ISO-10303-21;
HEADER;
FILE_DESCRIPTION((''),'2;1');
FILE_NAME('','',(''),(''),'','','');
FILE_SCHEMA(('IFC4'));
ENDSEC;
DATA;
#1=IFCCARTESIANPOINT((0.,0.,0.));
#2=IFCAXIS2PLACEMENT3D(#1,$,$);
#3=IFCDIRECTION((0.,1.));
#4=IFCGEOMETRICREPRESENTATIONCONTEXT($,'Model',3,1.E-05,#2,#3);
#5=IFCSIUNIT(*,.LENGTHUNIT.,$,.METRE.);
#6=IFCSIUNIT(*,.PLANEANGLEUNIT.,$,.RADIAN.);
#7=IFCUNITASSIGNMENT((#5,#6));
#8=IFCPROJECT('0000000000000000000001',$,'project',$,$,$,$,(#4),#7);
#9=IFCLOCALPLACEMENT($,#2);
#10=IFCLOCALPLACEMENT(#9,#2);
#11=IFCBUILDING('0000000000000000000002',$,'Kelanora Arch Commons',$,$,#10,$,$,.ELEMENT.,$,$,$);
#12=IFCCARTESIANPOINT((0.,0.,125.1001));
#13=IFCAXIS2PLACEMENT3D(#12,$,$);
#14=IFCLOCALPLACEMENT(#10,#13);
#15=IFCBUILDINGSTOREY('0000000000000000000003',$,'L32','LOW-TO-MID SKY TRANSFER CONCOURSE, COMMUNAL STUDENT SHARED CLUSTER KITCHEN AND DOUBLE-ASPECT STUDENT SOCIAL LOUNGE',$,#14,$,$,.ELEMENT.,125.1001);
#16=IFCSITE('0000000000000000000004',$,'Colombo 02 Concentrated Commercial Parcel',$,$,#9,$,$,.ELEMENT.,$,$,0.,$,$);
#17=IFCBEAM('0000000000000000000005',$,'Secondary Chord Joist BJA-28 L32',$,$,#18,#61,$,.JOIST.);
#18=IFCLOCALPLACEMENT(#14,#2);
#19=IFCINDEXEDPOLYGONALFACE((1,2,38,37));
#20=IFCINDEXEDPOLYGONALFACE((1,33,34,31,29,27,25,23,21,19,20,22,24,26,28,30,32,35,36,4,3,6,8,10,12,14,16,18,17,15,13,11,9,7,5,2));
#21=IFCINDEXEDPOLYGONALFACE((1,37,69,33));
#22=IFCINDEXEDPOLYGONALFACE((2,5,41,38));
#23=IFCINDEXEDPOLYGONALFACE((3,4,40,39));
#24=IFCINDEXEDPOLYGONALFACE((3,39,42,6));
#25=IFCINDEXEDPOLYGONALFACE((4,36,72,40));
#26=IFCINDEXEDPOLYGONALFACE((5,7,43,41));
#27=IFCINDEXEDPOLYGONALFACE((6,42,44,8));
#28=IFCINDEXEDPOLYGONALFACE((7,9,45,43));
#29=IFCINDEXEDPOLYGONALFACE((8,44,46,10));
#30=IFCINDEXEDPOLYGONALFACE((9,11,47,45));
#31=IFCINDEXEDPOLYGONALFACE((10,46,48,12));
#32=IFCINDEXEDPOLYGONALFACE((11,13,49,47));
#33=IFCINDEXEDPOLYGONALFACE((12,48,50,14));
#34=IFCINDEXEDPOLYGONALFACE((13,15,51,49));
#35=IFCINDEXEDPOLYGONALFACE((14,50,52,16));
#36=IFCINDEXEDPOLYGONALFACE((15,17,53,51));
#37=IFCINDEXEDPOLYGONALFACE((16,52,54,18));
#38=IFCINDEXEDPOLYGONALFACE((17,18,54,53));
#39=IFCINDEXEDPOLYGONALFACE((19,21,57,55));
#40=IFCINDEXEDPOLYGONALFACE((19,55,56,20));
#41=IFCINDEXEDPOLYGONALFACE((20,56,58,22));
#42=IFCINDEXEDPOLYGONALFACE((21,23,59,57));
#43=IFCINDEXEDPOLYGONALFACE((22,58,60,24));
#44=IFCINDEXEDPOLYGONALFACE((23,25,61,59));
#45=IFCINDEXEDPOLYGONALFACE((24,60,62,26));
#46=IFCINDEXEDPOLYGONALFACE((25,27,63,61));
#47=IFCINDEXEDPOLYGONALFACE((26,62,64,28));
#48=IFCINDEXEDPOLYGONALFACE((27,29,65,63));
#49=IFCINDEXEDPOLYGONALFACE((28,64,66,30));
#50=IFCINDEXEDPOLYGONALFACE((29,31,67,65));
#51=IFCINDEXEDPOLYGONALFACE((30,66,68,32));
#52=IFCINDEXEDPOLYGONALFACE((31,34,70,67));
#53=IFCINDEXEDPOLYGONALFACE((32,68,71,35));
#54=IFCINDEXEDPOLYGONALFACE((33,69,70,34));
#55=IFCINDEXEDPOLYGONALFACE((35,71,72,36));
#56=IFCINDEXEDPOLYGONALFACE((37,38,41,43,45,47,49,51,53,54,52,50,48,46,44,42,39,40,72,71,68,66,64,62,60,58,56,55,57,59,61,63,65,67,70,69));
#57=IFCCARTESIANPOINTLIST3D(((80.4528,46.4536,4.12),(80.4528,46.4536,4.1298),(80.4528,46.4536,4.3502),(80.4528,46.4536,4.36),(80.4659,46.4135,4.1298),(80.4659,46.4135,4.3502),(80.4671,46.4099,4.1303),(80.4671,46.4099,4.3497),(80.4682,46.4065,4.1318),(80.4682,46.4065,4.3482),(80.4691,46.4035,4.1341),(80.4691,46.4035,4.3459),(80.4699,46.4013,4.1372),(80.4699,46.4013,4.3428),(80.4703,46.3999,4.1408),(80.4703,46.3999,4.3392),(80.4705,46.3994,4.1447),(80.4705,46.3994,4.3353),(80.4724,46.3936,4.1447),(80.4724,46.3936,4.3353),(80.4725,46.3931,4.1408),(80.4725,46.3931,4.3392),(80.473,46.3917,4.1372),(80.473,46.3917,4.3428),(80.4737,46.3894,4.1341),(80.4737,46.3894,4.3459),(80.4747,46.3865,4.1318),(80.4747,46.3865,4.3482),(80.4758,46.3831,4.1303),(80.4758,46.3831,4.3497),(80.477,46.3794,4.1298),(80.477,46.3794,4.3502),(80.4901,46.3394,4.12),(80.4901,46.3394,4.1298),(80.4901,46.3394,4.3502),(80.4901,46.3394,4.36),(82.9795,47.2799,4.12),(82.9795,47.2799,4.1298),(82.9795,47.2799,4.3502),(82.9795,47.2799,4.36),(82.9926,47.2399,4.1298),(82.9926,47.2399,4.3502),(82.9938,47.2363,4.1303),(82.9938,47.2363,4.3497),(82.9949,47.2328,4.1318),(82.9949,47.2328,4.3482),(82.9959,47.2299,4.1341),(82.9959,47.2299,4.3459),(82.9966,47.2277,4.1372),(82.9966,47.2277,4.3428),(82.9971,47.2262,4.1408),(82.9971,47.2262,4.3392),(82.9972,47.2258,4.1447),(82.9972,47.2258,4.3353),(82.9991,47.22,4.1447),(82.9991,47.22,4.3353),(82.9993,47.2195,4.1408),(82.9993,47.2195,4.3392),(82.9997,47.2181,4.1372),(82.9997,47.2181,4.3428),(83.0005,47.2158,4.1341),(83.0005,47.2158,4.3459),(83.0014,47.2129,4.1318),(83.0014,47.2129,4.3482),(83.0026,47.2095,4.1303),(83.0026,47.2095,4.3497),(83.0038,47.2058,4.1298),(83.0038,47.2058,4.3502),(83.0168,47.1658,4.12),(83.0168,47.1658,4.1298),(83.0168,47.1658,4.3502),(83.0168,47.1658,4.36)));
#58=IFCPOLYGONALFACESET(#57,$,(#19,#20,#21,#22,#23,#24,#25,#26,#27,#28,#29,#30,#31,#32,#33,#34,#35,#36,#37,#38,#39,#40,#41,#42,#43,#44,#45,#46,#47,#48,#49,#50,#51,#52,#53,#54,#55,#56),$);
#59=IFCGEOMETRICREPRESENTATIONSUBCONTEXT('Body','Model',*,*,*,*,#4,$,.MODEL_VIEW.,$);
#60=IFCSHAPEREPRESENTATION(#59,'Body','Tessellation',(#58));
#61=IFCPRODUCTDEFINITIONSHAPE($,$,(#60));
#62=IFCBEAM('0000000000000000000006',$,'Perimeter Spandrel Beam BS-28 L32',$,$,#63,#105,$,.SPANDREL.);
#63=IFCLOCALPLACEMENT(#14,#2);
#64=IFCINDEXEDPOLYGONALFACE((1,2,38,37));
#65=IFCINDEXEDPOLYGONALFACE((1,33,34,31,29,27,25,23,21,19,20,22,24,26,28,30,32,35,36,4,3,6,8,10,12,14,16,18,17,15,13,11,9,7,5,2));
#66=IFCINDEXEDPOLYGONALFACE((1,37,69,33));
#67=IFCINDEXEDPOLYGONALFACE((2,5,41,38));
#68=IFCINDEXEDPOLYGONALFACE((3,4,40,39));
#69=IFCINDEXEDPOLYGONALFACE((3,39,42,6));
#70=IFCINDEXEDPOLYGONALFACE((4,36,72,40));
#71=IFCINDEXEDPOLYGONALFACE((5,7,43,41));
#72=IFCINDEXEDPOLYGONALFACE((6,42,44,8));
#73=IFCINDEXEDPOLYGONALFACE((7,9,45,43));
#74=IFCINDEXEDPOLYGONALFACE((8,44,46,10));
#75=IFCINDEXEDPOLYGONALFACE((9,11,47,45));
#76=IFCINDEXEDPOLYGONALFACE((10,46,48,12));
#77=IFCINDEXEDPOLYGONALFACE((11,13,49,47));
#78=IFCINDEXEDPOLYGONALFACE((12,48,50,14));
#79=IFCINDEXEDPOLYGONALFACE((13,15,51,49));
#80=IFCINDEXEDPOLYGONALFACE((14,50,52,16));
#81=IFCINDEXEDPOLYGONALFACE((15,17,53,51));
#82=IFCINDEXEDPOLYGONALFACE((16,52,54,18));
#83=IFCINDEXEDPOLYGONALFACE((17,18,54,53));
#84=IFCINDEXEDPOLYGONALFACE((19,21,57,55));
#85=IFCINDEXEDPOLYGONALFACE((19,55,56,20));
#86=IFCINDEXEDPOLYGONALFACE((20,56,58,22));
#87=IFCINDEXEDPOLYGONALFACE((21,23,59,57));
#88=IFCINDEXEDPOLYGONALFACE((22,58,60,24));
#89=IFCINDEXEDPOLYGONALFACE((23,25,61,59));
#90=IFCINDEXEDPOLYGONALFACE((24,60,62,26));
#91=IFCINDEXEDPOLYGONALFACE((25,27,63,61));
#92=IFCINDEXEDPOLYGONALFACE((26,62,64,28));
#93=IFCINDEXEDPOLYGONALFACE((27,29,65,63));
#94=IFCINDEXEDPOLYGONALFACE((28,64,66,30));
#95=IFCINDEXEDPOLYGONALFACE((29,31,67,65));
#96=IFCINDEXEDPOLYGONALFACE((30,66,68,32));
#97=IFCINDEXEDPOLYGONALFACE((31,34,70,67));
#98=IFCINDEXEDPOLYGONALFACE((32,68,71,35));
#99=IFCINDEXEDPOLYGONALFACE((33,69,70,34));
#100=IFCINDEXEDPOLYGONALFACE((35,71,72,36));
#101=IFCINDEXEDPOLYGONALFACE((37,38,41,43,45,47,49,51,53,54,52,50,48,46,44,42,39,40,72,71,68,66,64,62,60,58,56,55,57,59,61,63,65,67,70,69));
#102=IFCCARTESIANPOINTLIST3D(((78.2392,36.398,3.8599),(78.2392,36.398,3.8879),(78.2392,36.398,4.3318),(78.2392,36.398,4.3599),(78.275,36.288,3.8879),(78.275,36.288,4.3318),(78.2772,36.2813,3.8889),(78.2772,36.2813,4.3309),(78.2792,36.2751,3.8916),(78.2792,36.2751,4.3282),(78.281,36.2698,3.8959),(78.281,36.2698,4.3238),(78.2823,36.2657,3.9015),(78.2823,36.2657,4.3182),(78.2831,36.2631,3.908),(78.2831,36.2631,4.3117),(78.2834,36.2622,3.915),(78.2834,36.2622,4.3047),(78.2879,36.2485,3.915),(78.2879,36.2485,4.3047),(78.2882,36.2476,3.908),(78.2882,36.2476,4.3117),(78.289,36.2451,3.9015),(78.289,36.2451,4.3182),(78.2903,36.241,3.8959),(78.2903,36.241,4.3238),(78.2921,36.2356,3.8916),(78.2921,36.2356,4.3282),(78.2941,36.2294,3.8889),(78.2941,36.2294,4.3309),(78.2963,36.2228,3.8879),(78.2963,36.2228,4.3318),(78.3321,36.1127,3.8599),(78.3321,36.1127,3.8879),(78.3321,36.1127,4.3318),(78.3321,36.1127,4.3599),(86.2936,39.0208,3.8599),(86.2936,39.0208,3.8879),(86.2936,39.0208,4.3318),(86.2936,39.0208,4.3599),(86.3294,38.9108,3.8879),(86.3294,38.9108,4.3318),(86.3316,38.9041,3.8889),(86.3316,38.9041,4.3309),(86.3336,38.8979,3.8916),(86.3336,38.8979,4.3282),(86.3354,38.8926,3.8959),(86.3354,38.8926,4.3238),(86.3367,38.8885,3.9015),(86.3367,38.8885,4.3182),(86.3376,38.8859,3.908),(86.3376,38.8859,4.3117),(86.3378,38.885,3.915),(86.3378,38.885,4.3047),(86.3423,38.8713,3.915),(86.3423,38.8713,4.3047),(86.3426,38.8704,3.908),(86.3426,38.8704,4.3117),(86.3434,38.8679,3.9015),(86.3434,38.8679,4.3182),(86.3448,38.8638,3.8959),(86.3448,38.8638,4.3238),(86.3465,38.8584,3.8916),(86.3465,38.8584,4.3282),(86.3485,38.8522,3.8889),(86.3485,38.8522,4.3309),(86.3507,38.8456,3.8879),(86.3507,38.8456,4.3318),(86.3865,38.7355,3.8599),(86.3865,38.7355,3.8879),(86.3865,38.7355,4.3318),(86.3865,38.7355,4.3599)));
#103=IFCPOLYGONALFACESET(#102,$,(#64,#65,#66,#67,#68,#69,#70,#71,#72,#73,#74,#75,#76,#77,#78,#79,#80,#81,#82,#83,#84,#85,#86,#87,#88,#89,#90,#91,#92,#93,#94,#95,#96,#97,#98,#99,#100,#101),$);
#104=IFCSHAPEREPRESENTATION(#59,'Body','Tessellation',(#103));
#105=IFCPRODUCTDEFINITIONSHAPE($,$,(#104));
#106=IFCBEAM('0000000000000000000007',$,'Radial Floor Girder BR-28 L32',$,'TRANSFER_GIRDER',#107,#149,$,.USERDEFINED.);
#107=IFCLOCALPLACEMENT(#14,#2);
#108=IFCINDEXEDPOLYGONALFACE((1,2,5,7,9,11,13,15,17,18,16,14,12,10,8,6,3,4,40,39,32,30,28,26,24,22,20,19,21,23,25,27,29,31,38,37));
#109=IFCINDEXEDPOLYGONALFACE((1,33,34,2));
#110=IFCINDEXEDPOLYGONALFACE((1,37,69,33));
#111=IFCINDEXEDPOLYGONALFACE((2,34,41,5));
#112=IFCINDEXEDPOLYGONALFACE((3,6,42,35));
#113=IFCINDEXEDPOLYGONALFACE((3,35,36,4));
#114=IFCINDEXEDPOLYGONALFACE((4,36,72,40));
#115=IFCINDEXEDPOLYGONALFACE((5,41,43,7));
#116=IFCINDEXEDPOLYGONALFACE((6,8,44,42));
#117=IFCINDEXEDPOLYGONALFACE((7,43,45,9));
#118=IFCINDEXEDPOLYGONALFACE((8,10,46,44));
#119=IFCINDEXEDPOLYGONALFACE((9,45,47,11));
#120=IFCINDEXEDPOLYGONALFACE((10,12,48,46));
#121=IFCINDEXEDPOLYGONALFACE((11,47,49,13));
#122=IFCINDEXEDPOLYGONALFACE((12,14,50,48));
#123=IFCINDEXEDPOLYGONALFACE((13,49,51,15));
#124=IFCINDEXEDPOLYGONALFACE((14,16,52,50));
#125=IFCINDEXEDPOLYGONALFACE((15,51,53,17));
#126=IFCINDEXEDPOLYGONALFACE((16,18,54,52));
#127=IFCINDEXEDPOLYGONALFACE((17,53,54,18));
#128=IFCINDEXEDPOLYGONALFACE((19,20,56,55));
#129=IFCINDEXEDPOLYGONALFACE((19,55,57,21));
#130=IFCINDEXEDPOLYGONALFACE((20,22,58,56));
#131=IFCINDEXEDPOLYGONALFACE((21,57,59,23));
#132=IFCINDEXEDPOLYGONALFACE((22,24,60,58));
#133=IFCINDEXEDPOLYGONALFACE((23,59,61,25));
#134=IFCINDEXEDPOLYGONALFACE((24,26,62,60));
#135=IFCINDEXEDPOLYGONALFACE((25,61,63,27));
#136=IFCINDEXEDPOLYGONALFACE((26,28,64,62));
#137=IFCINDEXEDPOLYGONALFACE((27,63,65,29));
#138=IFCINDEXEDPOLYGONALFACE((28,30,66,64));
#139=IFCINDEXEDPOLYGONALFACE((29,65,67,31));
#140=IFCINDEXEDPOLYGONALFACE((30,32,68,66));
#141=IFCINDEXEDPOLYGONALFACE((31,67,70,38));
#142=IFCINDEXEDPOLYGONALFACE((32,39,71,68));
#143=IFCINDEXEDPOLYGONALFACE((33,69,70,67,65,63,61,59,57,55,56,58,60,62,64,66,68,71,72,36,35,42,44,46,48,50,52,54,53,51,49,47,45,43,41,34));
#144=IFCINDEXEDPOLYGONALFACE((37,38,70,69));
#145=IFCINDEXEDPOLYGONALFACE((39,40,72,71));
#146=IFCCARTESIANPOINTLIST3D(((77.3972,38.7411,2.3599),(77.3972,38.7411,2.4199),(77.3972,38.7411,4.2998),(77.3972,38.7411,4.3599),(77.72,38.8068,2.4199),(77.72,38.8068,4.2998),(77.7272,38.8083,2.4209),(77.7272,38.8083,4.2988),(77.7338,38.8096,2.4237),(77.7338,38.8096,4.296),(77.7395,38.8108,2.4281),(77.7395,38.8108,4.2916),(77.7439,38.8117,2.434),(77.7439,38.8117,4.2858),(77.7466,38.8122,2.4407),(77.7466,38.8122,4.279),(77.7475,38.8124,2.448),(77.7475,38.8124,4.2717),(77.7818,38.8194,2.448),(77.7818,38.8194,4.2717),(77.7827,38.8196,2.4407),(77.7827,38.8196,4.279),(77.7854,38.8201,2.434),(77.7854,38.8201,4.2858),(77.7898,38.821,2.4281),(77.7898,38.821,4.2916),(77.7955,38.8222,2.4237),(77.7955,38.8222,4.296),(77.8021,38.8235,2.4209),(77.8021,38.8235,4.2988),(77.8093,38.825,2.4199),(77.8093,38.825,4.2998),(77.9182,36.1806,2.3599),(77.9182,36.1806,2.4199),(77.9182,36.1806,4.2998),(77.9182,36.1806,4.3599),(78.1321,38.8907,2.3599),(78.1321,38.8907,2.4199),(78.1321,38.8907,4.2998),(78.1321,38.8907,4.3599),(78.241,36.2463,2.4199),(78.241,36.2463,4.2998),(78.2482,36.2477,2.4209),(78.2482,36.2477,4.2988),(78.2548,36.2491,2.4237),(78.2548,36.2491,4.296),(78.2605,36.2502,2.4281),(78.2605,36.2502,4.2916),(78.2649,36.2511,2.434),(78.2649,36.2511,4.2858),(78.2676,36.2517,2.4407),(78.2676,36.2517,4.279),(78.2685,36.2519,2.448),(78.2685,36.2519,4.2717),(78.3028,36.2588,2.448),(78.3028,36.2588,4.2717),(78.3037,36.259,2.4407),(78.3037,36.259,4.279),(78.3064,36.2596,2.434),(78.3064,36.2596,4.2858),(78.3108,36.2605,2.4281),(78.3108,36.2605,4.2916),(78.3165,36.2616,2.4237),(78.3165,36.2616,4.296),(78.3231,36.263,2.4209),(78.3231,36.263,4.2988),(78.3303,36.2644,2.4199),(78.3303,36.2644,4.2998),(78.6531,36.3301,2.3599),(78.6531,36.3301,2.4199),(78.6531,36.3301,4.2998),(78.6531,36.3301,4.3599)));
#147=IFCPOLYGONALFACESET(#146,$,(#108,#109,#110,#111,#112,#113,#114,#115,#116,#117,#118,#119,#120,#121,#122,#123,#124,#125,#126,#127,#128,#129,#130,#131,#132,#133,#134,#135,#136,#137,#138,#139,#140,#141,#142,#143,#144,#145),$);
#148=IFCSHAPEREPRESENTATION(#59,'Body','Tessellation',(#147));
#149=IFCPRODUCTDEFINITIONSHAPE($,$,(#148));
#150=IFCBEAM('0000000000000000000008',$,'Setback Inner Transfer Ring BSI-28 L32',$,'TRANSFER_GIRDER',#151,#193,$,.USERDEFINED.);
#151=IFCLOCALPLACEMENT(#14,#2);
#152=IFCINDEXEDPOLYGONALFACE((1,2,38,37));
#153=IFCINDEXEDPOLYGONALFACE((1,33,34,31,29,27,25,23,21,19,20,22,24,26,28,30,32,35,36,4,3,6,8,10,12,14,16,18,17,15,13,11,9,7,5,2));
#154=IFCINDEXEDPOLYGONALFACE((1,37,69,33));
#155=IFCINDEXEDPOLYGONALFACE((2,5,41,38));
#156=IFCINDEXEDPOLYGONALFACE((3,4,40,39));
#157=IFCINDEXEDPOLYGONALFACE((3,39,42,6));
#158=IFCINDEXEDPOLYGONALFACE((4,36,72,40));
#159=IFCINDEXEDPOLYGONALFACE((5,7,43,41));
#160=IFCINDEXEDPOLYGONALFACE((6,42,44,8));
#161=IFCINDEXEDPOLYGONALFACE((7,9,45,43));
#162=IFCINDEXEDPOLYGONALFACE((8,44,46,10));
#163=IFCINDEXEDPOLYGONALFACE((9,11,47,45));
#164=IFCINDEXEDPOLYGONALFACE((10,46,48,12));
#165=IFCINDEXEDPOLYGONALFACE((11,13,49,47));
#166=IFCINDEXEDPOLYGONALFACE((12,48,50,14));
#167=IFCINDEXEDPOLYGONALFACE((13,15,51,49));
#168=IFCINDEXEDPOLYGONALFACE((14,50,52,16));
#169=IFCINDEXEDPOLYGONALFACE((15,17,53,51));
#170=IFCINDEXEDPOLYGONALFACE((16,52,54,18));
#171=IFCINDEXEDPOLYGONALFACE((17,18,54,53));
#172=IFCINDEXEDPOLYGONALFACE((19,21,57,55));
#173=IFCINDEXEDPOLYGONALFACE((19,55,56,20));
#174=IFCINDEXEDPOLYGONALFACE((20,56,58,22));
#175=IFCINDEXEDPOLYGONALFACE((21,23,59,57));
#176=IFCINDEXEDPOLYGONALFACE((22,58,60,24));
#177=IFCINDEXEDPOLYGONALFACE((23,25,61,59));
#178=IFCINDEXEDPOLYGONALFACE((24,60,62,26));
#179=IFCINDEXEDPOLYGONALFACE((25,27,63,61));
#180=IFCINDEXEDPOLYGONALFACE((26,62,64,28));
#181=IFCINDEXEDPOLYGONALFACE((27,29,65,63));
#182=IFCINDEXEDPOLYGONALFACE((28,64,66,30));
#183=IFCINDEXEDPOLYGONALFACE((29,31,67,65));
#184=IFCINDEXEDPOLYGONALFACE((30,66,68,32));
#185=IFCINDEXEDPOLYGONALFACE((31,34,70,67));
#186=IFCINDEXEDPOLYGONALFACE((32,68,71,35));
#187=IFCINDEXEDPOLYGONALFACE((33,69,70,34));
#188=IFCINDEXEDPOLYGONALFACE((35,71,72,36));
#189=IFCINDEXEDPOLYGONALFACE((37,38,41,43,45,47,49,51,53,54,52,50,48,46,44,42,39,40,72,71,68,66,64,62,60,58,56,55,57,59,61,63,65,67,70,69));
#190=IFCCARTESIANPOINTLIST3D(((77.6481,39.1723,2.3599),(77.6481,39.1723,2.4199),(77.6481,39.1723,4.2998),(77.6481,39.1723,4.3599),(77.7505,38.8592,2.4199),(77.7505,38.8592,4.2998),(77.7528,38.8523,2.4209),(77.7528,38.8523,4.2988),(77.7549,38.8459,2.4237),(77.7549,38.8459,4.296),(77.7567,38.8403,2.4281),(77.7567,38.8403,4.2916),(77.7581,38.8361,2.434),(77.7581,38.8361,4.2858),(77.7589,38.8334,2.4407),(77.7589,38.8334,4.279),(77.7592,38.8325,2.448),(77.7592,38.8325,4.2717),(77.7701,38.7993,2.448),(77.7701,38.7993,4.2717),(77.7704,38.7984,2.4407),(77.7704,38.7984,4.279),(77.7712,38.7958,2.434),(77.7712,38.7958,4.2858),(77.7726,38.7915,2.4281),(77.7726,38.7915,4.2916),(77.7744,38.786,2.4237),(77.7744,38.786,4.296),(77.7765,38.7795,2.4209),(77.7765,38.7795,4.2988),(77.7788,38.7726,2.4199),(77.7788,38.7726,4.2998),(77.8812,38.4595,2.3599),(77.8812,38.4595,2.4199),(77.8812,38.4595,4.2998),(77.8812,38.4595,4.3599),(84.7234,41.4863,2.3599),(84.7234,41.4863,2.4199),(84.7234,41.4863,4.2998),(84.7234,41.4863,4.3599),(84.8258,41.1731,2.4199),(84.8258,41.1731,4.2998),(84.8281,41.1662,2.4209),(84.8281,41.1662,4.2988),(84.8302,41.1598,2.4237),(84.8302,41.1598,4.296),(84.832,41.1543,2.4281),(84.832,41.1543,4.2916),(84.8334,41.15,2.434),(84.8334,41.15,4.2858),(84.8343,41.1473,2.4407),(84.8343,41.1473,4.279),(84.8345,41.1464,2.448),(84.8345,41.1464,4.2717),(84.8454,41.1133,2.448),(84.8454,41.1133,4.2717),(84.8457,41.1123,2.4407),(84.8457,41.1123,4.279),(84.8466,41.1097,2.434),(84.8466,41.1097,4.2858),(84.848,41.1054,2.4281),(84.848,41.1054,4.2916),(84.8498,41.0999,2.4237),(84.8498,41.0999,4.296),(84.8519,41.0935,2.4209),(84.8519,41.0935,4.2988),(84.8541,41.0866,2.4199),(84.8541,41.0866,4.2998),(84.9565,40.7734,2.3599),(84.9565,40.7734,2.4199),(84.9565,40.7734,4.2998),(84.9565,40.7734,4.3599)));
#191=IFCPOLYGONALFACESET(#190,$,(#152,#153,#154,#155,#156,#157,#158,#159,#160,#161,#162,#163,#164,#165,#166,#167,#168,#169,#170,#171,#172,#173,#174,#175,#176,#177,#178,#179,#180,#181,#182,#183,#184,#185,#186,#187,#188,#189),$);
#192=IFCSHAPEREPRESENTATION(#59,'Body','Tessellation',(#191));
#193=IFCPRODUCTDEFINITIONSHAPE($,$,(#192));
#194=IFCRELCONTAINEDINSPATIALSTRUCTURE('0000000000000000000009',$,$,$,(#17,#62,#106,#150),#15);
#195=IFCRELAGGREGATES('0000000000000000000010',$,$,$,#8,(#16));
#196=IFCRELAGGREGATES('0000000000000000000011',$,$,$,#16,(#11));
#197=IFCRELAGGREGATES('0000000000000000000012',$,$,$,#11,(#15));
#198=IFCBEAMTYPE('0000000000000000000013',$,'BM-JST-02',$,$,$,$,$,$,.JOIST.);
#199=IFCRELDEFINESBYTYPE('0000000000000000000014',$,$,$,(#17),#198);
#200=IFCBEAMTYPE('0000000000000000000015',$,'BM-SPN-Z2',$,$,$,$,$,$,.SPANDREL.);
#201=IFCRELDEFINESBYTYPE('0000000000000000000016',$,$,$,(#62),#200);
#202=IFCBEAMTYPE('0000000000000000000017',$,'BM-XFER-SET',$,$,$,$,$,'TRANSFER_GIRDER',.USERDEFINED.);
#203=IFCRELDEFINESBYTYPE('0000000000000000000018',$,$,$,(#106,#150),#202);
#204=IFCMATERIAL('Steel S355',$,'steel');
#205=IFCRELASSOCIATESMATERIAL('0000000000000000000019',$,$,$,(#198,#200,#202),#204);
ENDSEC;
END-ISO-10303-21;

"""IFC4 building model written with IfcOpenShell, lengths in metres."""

from ifc_helpers import new_model, si_unit, direction, frame, origin, origin_2d, place, context, subcontext, project, spatial, i_section, extrude, material, material_profile, profile_set, type_object, element, save


model = new_model("IFC4")

# Units and contexts
model_context = context("Model", 3, precision=1e-05, world=origin(), true_north=direction((0.0, 1.0)))
body_context = subcontext(model_context, "Body", "Model", "MODEL_VIEW")
ifc_project = project(units=[si_unit("LENGTHUNIT", "METRE"), si_unit("PLANEANGLEUNIT", "RADIAN")], contexts=[model_context])

# Site, building, storey
site_placement = place(None, origin())
site = spatial("IfcSite", under=ifc_project, at=site_placement, Name="Colombo 02 Concentrated Commercial Parcel", CompositionType="ELEMENT", RefElevation=0.0)
building_placement = place(site_placement, origin())
building = spatial("IfcBuilding", under=site, at=building_placement, Name="Kelanora Arch Commons", CompositionType="ELEMENT")
storey_placement = place(building_placement, frame((0.0, 0.0, 125.1001)))
storey = spatial("IfcBuildingStorey", under=building, at=storey_placement, Name="L32", Description="LOW-TO-MID SKY TRANSFER CONCOURSE, COMMUNAL STUDENT SHARED CLUSTER KITCHEN AND DOUBLE-ASPECT STUDENT SOCIAL LOUNGE", CompositionType="ELEMENT", Elevation=125.1001)

# Beams
ifc_material_1 = material(Name="Steel S355", Category="steel")
ifc_material_profile_1 = material_profile(ifc_material_1, i_section(OverallWidth=0.1201, OverallDepth=0.24, WebThickness=0.0061, FlangeThickness=0.0098, FilletRadius=0.0149, at=origin_2d()), Name="IPE240")
ifc_profile_set_1 = profile_set([ifc_material_profile_1], Name="Steel S355")
beam_type_1 = type_object("IfcBeamType", Name="BM-JST-02", PredefinedType="JOIST", material=ifc_profile_set_1)
beam_1_placement = place(storey_placement, frame((80.4714, 46.3965, 4.24), z_axis=(0.950459, 0.310851, 0.0), x_axis=(-0.310851, 0.950459, 0.0)))
element("IfcBeam", 1, at=beam_1_placement, inside=storey, type_object=beam_type_1, Name="Secondary Chord Joist BJA-28 L32", PredefinedType="JOIST", context=body_context, shape_type="SweptSolid", body=[
    extrude(i_section(OverallWidth=0.1201, OverallDepth=0.24, WebThickness=0.0061, FlangeThickness=0.0098, FilletRadius=0.0149, at=origin_2d()), origin(), (0.0, 0.0, 1.0), 2.6584),
])
ifc_material_profile_2 = material_profile(ifc_material_1, i_section(OverallWidth=0.3, OverallDepth=0.5, WebThickness=0.0144, FlangeThickness=0.0281, FilletRadius=0.0271, at=origin_2d()), Name="HEB500")
ifc_profile_set_2 = profile_set([ifc_material_profile_2], Name="Steel S355")
beam_type_2 = type_object("IfcBeamType", Name="BM-SPN-Z2", PredefinedType="SPANDREL", material=ifc_profile_set_2)
beam_2_placement = place(storey_placement, frame((78.2856, 36.2554, 4.1099), z_axis=(0.950857, 0.309631, 0.0), x_axis=(-0.309631, 0.950857, 0.0)))
element("IfcBeam", 2, at=beam_2_placement, inside=storey, type_object=beam_type_2, Name="Perimeter Spandrel Beam BS-28 L32", PredefinedType="SPANDREL", context=body_context, shape_type="SweptSolid", body=[
    extrude(i_section(OverallWidth=0.3, OverallDepth=0.5, WebThickness=0.0144, FlangeThickness=0.0281, FilletRadius=0.0271, at=origin_2d()), origin(), (0.0, 0.0, 1.0), 8.4707),
])
ifc_material_profile_3 = material_profile(ifc_material_1, i_section(OverallWidth=0.75, OverallDepth=2.0, WebThickness=0.0349, FlangeThickness=0.0601, FilletRadius=0.0281, at=origin_2d()), Name="PG2000x750")
ifc_profile_set_3 = profile_set([ifc_material_profile_3], Name="Steel S355")
beam_type_3 = type_object("IfcBeamType", Name="BM-XFER-SET", ElementType="TRANSFER_GIRDER", PredefinedType="USERDEFINED", material=ifc_profile_set_3)
beam_3_placement = place(storey_placement, frame((77.7646, 38.8159, 3.3599), z_axis=(0.199385, -0.979921, 0.0), x_axis=(0.979921, 0.199385, 0.0)))
element("IfcBeam", 3, at=beam_3_placement, inside=storey, type_object=beam_type_3, Name="Radial Floor Girder BR-28 L32", ObjectType="TRANSFER_GIRDER", PredefinedType="USERDEFINED", context=body_context, shape_type="SweptSolid", body=[
    extrude(i_section(OverallWidth=0.75, OverallDepth=2.0, WebThickness=0.0349, FlangeThickness=0.0601, FilletRadius=0.0281, at=origin_2d()), origin(), (0.0, 0.0, 1.0), 2.613),
])
beam_4_placement = place(storey_placement, frame((77.7646, 38.8159, 3.3599), z_axis=(0.950462, 0.310841, 0.0), x_axis=(-0.310841, 0.950462, 0.0)))
element("IfcBeam", 4, at=beam_4_placement, inside=storey, type_object=beam_type_3, Name="Setback Inner Transfer Ring BSI-28 L32", ObjectType="TRANSFER_GIRDER", PredefinedType="USERDEFINED", context=body_context, shape_type="SweptSolid", body=[
    extrude(i_section(OverallWidth=0.75, OverallDepth=2.0, WebThickness=0.0349, FlangeThickness=0.0601, FilletRadius=0.0281, at=origin_2d()), origin(), (0.0, 0.0, 1.0), 7.4441),
])

save(model, "model.ifc")
